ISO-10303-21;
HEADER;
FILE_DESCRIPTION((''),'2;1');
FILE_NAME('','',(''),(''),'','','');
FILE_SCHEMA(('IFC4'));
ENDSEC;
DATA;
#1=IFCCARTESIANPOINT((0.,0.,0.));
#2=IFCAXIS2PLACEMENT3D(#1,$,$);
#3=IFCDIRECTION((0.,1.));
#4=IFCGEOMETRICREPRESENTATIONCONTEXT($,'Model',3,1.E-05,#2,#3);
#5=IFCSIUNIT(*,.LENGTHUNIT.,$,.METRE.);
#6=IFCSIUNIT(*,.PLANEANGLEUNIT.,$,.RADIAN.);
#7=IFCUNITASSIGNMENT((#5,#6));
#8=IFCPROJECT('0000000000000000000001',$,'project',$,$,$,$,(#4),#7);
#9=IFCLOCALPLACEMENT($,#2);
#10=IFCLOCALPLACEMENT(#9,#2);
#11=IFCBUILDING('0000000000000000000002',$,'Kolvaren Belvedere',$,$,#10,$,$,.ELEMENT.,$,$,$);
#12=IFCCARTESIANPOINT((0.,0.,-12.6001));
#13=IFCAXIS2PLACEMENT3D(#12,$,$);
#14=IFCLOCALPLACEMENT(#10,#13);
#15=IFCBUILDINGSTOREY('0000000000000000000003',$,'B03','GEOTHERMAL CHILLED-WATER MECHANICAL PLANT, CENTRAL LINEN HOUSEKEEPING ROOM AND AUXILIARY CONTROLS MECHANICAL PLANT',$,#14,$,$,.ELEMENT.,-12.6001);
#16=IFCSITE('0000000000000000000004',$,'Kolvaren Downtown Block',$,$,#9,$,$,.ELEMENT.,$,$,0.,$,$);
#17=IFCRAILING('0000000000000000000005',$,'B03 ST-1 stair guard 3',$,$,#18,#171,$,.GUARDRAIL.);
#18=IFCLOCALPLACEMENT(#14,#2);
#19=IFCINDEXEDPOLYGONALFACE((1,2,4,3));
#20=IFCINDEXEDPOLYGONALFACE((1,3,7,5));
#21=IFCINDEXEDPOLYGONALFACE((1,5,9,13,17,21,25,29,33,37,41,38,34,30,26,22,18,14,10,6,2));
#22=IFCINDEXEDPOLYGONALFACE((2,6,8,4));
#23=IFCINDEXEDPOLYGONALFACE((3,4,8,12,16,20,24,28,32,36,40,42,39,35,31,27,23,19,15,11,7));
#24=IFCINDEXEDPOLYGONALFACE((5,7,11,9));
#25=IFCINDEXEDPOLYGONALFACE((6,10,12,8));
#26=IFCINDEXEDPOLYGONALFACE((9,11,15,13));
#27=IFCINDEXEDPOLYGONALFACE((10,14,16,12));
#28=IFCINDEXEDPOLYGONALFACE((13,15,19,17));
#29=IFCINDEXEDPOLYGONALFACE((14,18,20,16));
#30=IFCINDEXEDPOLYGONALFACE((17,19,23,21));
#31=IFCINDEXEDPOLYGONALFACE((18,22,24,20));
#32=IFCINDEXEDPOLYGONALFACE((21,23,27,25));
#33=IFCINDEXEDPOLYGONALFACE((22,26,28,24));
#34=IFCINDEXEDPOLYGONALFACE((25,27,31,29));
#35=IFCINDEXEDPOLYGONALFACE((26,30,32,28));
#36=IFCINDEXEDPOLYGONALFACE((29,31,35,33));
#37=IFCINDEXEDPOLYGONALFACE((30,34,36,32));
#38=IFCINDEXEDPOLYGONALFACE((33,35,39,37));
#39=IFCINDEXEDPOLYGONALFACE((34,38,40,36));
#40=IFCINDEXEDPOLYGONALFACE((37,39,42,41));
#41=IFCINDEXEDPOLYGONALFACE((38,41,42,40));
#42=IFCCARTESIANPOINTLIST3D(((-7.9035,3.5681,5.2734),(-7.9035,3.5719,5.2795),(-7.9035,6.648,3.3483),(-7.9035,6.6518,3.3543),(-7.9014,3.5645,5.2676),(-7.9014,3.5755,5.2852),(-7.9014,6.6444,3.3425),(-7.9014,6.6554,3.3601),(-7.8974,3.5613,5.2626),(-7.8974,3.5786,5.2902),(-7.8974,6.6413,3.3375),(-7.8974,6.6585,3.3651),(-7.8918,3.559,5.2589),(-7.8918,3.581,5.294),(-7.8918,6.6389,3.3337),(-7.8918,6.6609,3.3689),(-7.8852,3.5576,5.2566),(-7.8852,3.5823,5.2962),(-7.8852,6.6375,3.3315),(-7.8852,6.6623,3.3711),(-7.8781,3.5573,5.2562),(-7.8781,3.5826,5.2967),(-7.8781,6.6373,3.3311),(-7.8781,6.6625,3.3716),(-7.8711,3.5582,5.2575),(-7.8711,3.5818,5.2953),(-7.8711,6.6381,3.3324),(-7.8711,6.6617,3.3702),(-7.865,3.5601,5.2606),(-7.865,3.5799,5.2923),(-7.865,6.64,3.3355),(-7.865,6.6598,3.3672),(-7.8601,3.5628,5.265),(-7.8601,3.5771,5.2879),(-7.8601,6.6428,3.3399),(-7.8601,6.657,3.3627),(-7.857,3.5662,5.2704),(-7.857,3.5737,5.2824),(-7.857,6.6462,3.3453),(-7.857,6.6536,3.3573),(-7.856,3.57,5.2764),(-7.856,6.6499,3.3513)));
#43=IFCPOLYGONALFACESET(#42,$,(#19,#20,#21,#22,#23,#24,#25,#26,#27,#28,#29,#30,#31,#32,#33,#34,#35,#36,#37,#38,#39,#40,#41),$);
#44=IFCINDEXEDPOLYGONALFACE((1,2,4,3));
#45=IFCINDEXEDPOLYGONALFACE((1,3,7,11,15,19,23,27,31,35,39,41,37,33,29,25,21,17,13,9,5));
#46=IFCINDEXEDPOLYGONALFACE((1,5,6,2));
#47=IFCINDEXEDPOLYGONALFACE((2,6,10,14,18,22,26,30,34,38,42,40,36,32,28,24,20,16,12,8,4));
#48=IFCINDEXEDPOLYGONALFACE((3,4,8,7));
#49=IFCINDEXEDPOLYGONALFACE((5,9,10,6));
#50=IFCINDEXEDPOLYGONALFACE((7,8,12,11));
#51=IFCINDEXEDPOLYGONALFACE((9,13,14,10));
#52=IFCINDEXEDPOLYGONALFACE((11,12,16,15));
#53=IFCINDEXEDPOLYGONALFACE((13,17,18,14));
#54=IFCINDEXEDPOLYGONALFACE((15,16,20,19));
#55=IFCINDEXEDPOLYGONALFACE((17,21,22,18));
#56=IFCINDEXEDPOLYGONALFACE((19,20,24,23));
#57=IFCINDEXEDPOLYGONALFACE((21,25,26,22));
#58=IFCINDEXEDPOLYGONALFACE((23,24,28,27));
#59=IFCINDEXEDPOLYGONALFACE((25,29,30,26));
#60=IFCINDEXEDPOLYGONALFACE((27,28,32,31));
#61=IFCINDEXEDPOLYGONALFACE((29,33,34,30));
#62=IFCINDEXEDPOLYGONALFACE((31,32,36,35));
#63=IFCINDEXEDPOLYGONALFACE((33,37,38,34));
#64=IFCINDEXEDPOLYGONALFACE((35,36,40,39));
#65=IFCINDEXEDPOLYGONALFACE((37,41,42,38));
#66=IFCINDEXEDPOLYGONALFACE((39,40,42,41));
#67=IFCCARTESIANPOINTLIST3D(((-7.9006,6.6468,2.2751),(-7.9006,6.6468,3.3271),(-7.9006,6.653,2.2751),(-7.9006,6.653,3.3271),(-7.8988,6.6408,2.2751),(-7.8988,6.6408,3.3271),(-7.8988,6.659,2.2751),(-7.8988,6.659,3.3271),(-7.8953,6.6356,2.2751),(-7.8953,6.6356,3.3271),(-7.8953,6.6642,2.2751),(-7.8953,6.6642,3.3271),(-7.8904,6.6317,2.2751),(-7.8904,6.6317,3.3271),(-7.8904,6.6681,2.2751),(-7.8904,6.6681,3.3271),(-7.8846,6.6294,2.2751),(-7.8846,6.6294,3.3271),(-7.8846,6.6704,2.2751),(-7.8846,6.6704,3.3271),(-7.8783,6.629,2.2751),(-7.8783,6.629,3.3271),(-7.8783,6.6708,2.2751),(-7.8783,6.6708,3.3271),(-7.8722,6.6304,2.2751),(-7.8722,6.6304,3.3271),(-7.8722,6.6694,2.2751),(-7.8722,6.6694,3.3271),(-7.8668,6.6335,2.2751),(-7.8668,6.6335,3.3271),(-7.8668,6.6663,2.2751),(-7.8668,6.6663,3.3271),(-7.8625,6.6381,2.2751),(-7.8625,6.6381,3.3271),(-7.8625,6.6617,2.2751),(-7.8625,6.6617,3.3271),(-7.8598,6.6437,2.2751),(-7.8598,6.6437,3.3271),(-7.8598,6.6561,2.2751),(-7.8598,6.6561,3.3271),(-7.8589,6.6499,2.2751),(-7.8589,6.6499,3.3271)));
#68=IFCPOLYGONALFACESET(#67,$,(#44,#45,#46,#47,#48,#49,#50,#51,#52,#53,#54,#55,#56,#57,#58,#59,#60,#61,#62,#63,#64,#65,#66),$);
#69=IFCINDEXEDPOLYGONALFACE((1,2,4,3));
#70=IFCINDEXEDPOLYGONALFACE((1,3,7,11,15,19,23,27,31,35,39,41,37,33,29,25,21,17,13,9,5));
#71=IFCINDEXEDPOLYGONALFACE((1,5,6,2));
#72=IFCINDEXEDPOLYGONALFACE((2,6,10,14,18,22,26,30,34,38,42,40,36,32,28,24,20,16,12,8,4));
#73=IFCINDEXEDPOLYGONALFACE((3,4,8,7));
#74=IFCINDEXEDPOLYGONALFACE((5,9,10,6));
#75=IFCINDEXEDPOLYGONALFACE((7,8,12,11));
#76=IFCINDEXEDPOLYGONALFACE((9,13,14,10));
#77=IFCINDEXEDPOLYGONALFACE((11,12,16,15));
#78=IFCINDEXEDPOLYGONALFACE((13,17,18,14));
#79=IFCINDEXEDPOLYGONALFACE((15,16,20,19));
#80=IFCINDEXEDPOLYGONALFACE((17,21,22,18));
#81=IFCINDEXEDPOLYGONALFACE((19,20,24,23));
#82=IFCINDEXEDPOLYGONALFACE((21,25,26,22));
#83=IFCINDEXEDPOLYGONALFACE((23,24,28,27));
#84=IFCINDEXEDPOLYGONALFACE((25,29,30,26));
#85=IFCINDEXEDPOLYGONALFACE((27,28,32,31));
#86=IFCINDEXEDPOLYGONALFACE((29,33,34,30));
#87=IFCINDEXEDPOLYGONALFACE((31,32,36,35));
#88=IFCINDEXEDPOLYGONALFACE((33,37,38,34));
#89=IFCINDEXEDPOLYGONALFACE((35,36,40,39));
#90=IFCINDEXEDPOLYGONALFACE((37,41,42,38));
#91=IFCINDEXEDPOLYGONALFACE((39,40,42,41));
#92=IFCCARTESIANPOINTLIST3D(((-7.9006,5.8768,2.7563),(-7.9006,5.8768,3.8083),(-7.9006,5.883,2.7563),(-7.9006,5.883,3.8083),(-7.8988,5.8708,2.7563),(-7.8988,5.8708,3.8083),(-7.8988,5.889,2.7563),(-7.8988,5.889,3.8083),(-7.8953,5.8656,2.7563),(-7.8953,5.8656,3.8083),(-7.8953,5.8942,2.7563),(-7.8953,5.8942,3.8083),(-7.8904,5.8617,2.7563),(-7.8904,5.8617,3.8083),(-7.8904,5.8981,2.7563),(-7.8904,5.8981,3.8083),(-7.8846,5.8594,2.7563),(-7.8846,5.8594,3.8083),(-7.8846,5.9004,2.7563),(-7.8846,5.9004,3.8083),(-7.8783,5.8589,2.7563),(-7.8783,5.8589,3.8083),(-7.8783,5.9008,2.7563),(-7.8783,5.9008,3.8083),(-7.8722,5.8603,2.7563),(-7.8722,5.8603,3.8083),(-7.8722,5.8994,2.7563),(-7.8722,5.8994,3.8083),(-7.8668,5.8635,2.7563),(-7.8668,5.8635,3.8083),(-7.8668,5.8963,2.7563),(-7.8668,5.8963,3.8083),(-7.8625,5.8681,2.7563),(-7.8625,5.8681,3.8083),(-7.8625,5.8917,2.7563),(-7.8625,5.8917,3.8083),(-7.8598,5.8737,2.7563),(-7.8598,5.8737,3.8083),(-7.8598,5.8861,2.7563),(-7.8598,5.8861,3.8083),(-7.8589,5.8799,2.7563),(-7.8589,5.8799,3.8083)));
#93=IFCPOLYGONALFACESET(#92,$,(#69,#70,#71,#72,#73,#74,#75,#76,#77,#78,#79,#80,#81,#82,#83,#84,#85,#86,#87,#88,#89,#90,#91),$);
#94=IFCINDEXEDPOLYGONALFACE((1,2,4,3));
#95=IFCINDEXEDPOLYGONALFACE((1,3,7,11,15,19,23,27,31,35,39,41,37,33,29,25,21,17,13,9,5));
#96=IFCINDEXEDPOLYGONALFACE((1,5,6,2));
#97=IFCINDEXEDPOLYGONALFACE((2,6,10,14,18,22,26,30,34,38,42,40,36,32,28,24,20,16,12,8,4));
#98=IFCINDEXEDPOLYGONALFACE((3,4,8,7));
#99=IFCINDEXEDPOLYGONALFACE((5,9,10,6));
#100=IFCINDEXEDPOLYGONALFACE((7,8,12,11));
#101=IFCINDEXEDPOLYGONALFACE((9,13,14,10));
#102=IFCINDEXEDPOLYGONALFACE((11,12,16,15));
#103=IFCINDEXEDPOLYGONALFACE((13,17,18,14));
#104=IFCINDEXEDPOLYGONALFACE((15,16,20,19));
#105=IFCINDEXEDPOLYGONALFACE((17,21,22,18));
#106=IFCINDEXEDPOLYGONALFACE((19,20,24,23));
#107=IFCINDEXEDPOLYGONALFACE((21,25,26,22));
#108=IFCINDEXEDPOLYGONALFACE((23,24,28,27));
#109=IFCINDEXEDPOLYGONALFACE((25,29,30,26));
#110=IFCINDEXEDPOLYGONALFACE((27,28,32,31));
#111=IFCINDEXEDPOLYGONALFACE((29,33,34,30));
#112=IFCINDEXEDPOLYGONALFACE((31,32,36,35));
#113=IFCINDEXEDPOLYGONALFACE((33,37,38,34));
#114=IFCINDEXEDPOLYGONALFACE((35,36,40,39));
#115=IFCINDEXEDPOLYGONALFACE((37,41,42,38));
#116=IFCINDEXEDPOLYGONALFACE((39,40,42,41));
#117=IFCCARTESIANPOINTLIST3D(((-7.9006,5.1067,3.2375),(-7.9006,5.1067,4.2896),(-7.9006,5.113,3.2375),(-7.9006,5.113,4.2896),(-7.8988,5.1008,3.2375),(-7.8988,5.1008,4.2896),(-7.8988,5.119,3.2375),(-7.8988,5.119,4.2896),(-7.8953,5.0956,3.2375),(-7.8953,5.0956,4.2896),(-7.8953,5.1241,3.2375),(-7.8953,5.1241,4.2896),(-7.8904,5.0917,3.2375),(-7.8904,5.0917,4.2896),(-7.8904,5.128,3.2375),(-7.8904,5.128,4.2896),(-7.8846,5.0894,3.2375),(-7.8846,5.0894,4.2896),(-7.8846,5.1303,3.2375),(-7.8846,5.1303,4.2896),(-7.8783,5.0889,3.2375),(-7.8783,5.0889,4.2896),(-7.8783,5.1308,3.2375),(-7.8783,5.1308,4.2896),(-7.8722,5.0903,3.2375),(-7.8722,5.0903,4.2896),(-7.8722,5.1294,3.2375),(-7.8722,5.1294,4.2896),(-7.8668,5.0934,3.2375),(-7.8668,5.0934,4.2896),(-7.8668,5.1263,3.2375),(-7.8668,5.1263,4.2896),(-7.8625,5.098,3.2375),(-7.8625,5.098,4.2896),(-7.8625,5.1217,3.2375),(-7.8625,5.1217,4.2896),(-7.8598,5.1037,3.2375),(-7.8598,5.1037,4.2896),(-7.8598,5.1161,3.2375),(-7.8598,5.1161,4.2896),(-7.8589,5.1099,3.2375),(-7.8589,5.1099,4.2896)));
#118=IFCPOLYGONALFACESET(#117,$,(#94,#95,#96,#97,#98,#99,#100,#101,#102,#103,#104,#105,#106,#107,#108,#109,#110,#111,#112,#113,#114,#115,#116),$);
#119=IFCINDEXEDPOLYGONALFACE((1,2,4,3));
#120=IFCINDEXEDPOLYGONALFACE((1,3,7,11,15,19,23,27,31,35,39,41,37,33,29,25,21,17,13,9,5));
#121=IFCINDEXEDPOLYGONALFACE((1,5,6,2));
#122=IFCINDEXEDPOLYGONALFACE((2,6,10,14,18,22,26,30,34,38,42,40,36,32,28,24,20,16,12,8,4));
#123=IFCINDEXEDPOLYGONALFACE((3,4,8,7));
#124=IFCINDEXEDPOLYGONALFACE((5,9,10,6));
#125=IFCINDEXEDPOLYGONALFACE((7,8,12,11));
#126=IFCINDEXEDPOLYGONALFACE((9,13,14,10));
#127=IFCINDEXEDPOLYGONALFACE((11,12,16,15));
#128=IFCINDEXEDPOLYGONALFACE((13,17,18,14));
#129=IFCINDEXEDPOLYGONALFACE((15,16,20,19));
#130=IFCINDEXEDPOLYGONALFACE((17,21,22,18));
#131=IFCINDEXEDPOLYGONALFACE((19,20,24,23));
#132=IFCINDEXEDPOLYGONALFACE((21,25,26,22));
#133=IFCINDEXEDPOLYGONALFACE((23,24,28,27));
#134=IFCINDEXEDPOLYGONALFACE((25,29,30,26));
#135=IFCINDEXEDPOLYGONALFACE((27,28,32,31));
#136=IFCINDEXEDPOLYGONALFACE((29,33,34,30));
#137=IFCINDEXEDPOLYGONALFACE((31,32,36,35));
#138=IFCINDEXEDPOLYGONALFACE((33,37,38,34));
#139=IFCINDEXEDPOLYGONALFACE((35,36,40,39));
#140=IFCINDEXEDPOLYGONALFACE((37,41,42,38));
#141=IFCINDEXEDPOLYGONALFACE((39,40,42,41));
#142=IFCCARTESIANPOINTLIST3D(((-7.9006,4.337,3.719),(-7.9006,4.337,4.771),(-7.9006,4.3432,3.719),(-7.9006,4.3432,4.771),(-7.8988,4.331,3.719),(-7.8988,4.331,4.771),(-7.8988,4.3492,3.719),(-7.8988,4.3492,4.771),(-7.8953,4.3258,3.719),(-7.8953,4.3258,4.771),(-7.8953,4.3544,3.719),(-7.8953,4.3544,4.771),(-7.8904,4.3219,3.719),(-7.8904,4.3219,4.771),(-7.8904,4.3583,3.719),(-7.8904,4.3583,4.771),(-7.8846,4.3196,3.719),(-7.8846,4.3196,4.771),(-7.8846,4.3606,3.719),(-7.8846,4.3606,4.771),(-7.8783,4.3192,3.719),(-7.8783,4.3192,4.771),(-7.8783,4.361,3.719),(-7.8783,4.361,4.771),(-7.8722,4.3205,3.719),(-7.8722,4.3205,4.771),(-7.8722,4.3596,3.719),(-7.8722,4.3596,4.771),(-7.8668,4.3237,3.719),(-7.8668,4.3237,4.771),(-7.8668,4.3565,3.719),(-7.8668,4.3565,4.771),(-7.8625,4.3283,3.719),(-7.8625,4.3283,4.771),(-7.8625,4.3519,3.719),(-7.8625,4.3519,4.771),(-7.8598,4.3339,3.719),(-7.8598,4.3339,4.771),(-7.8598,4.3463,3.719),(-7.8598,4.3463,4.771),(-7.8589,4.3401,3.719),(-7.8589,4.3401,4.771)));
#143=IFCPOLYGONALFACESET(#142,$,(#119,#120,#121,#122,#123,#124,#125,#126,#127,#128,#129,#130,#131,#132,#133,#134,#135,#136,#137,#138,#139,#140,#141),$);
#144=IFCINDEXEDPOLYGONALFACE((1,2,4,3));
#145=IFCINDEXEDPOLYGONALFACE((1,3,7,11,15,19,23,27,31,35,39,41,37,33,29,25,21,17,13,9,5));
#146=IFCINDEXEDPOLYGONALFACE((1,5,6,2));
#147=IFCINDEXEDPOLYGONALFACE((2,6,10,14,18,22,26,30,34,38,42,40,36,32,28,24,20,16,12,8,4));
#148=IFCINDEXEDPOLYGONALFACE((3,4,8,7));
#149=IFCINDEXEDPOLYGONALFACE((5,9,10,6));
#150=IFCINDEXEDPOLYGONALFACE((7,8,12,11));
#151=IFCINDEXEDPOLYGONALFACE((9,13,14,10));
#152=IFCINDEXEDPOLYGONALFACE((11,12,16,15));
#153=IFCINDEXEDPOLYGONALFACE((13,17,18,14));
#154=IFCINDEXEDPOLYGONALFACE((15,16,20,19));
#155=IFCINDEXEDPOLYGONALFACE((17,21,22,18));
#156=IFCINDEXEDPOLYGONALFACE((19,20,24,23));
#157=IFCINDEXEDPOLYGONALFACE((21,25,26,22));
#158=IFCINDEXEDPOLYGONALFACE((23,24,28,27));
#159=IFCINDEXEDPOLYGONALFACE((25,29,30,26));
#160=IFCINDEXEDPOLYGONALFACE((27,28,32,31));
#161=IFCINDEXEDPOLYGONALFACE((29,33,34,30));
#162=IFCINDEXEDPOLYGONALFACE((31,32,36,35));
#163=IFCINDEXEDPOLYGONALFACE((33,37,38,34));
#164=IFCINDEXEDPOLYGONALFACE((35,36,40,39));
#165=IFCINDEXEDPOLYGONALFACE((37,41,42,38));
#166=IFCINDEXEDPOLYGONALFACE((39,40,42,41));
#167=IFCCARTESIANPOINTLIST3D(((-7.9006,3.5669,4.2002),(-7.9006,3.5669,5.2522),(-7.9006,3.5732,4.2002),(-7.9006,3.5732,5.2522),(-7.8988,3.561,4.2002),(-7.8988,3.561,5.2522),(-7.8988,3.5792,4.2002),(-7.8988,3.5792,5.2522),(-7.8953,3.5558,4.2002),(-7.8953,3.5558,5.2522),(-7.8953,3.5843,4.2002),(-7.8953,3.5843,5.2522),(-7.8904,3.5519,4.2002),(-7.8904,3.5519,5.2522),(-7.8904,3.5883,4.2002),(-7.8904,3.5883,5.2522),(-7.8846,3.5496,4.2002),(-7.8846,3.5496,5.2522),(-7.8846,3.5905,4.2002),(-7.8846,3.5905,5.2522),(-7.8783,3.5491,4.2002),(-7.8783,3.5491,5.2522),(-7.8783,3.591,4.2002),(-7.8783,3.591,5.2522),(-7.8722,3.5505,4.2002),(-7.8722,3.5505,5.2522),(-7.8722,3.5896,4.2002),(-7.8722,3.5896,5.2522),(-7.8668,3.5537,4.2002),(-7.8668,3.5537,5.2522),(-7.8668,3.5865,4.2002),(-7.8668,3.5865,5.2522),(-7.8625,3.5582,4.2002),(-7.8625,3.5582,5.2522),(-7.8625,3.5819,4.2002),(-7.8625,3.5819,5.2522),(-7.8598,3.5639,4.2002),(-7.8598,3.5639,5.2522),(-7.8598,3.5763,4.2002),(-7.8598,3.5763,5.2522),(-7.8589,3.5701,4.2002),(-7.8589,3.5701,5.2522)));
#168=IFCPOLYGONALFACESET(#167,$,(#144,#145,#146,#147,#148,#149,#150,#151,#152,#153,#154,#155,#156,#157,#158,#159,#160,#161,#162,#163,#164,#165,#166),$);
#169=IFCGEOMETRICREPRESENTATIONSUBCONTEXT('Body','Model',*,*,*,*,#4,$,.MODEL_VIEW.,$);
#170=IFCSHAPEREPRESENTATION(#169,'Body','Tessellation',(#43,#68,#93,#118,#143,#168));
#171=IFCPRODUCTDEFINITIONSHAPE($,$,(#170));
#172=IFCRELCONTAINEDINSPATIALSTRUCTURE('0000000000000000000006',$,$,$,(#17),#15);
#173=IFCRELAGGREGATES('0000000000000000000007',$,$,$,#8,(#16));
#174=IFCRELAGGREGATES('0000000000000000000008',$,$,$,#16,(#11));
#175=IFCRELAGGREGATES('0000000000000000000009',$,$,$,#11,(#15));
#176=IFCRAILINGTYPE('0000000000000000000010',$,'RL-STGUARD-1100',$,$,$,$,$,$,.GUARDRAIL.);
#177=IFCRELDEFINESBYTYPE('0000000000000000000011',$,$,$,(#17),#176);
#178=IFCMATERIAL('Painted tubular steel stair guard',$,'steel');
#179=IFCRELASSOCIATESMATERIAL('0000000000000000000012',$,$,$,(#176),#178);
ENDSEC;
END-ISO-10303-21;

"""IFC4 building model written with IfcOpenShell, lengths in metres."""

from ifc_helpers import new_model, si_unit, direction, frame, origin, origin_2d, place, context, subcontext, project, spatial, circle, extrude, material, type_object, element, save


model = new_model("IFC4")

# Units and contexts
model_context = context("Model", 3, precision=1e-05, world=origin(), true_north=direction((0.0, 1.0)))
body_context = subcontext(model_context, "Body", "Model", "MODEL_VIEW")
ifc_project = project(units=[si_unit("LENGTHUNIT", "METRE"), si_unit("PLANEANGLEUNIT", "RADIAN")], contexts=[model_context])

# Site, building, storey
site_placement = place(None, origin())
site = spatial("IfcSite", under=ifc_project, at=site_placement, Name="Kolvaren Downtown Block", CompositionType="ELEMENT", RefElevation=0.0)
building_placement = place(site_placement, origin())
building = spatial("IfcBuilding", under=site, at=building_placement, Name="Kolvaren Belvedere", CompositionType="ELEMENT")
storey_placement = place(building_placement, frame((0.0, 0.0, -12.6001)))
storey = spatial("IfcBuildingStorey", under=building, at=storey_placement, Name="B03", Description="GEOTHERMAL CHILLED-WATER MECHANICAL PLANT, CENTRAL LINEN HOUSEKEEPING ROOM AND AUXILIARY CONTROLS MECHANICAL PLANT", CompositionType="ELEMENT", Elevation=-12.6001)

# Railing
ifc_material_1 = material(Name="Painted tubular steel stair guard", Category="steel")
railing_type_1 = type_object("IfcRailingType", Name="RL-STGUARD-1100", PredefinedType="GUARDRAIL", material=ifc_material_1)
railing_1_placement = place(storey_placement, frame((-7.8799, 6.6499, 2.2751)))
element("IfcRailing", 1, at=railing_1_placement, inside=storey, type_object=railing_type_1, Name="B03 ST-1 stair guard 3", PredefinedType="GUARDRAIL", context=body_context, shape_type="SweptSolid", body=[
    extrude(circle(Radius=0.0239, at=origin_2d()), frame((0.0, 0.0, 1.0762), z_axis=(0.0, -0.847979, 0.530029), x_axis=(1.0, 0.0, 0.0)), (0.0, 0.0, 1.0), 3.6321),
    extrude(circle(Radius=0.021, at=origin_2d()), origin(), (0.0, 0.0, 1.0), 1.052),
    extrude(circle(Radius=0.021, at=origin_2d()), frame((0.0, -0.77, 0.4812)), (0.0, 0.0, 1.0), 1.052),
    extrude(circle(Radius=0.021, at=origin_2d()), frame((0.0, -1.54, 0.9624)), (0.0, 0.0, 1.0), 1.052),
    extrude(circle(Radius=0.021, at=origin_2d()), frame((0.0, -2.3098, 1.4438)), (0.0, 0.0, 1.0), 1.052),
    extrude(circle(Radius=0.021, at=origin_2d()), frame((0.0, -3.0798, 1.925)), (0.0, 0.0, 1.0), 1.052),
])

save(model, "model.ifc")
